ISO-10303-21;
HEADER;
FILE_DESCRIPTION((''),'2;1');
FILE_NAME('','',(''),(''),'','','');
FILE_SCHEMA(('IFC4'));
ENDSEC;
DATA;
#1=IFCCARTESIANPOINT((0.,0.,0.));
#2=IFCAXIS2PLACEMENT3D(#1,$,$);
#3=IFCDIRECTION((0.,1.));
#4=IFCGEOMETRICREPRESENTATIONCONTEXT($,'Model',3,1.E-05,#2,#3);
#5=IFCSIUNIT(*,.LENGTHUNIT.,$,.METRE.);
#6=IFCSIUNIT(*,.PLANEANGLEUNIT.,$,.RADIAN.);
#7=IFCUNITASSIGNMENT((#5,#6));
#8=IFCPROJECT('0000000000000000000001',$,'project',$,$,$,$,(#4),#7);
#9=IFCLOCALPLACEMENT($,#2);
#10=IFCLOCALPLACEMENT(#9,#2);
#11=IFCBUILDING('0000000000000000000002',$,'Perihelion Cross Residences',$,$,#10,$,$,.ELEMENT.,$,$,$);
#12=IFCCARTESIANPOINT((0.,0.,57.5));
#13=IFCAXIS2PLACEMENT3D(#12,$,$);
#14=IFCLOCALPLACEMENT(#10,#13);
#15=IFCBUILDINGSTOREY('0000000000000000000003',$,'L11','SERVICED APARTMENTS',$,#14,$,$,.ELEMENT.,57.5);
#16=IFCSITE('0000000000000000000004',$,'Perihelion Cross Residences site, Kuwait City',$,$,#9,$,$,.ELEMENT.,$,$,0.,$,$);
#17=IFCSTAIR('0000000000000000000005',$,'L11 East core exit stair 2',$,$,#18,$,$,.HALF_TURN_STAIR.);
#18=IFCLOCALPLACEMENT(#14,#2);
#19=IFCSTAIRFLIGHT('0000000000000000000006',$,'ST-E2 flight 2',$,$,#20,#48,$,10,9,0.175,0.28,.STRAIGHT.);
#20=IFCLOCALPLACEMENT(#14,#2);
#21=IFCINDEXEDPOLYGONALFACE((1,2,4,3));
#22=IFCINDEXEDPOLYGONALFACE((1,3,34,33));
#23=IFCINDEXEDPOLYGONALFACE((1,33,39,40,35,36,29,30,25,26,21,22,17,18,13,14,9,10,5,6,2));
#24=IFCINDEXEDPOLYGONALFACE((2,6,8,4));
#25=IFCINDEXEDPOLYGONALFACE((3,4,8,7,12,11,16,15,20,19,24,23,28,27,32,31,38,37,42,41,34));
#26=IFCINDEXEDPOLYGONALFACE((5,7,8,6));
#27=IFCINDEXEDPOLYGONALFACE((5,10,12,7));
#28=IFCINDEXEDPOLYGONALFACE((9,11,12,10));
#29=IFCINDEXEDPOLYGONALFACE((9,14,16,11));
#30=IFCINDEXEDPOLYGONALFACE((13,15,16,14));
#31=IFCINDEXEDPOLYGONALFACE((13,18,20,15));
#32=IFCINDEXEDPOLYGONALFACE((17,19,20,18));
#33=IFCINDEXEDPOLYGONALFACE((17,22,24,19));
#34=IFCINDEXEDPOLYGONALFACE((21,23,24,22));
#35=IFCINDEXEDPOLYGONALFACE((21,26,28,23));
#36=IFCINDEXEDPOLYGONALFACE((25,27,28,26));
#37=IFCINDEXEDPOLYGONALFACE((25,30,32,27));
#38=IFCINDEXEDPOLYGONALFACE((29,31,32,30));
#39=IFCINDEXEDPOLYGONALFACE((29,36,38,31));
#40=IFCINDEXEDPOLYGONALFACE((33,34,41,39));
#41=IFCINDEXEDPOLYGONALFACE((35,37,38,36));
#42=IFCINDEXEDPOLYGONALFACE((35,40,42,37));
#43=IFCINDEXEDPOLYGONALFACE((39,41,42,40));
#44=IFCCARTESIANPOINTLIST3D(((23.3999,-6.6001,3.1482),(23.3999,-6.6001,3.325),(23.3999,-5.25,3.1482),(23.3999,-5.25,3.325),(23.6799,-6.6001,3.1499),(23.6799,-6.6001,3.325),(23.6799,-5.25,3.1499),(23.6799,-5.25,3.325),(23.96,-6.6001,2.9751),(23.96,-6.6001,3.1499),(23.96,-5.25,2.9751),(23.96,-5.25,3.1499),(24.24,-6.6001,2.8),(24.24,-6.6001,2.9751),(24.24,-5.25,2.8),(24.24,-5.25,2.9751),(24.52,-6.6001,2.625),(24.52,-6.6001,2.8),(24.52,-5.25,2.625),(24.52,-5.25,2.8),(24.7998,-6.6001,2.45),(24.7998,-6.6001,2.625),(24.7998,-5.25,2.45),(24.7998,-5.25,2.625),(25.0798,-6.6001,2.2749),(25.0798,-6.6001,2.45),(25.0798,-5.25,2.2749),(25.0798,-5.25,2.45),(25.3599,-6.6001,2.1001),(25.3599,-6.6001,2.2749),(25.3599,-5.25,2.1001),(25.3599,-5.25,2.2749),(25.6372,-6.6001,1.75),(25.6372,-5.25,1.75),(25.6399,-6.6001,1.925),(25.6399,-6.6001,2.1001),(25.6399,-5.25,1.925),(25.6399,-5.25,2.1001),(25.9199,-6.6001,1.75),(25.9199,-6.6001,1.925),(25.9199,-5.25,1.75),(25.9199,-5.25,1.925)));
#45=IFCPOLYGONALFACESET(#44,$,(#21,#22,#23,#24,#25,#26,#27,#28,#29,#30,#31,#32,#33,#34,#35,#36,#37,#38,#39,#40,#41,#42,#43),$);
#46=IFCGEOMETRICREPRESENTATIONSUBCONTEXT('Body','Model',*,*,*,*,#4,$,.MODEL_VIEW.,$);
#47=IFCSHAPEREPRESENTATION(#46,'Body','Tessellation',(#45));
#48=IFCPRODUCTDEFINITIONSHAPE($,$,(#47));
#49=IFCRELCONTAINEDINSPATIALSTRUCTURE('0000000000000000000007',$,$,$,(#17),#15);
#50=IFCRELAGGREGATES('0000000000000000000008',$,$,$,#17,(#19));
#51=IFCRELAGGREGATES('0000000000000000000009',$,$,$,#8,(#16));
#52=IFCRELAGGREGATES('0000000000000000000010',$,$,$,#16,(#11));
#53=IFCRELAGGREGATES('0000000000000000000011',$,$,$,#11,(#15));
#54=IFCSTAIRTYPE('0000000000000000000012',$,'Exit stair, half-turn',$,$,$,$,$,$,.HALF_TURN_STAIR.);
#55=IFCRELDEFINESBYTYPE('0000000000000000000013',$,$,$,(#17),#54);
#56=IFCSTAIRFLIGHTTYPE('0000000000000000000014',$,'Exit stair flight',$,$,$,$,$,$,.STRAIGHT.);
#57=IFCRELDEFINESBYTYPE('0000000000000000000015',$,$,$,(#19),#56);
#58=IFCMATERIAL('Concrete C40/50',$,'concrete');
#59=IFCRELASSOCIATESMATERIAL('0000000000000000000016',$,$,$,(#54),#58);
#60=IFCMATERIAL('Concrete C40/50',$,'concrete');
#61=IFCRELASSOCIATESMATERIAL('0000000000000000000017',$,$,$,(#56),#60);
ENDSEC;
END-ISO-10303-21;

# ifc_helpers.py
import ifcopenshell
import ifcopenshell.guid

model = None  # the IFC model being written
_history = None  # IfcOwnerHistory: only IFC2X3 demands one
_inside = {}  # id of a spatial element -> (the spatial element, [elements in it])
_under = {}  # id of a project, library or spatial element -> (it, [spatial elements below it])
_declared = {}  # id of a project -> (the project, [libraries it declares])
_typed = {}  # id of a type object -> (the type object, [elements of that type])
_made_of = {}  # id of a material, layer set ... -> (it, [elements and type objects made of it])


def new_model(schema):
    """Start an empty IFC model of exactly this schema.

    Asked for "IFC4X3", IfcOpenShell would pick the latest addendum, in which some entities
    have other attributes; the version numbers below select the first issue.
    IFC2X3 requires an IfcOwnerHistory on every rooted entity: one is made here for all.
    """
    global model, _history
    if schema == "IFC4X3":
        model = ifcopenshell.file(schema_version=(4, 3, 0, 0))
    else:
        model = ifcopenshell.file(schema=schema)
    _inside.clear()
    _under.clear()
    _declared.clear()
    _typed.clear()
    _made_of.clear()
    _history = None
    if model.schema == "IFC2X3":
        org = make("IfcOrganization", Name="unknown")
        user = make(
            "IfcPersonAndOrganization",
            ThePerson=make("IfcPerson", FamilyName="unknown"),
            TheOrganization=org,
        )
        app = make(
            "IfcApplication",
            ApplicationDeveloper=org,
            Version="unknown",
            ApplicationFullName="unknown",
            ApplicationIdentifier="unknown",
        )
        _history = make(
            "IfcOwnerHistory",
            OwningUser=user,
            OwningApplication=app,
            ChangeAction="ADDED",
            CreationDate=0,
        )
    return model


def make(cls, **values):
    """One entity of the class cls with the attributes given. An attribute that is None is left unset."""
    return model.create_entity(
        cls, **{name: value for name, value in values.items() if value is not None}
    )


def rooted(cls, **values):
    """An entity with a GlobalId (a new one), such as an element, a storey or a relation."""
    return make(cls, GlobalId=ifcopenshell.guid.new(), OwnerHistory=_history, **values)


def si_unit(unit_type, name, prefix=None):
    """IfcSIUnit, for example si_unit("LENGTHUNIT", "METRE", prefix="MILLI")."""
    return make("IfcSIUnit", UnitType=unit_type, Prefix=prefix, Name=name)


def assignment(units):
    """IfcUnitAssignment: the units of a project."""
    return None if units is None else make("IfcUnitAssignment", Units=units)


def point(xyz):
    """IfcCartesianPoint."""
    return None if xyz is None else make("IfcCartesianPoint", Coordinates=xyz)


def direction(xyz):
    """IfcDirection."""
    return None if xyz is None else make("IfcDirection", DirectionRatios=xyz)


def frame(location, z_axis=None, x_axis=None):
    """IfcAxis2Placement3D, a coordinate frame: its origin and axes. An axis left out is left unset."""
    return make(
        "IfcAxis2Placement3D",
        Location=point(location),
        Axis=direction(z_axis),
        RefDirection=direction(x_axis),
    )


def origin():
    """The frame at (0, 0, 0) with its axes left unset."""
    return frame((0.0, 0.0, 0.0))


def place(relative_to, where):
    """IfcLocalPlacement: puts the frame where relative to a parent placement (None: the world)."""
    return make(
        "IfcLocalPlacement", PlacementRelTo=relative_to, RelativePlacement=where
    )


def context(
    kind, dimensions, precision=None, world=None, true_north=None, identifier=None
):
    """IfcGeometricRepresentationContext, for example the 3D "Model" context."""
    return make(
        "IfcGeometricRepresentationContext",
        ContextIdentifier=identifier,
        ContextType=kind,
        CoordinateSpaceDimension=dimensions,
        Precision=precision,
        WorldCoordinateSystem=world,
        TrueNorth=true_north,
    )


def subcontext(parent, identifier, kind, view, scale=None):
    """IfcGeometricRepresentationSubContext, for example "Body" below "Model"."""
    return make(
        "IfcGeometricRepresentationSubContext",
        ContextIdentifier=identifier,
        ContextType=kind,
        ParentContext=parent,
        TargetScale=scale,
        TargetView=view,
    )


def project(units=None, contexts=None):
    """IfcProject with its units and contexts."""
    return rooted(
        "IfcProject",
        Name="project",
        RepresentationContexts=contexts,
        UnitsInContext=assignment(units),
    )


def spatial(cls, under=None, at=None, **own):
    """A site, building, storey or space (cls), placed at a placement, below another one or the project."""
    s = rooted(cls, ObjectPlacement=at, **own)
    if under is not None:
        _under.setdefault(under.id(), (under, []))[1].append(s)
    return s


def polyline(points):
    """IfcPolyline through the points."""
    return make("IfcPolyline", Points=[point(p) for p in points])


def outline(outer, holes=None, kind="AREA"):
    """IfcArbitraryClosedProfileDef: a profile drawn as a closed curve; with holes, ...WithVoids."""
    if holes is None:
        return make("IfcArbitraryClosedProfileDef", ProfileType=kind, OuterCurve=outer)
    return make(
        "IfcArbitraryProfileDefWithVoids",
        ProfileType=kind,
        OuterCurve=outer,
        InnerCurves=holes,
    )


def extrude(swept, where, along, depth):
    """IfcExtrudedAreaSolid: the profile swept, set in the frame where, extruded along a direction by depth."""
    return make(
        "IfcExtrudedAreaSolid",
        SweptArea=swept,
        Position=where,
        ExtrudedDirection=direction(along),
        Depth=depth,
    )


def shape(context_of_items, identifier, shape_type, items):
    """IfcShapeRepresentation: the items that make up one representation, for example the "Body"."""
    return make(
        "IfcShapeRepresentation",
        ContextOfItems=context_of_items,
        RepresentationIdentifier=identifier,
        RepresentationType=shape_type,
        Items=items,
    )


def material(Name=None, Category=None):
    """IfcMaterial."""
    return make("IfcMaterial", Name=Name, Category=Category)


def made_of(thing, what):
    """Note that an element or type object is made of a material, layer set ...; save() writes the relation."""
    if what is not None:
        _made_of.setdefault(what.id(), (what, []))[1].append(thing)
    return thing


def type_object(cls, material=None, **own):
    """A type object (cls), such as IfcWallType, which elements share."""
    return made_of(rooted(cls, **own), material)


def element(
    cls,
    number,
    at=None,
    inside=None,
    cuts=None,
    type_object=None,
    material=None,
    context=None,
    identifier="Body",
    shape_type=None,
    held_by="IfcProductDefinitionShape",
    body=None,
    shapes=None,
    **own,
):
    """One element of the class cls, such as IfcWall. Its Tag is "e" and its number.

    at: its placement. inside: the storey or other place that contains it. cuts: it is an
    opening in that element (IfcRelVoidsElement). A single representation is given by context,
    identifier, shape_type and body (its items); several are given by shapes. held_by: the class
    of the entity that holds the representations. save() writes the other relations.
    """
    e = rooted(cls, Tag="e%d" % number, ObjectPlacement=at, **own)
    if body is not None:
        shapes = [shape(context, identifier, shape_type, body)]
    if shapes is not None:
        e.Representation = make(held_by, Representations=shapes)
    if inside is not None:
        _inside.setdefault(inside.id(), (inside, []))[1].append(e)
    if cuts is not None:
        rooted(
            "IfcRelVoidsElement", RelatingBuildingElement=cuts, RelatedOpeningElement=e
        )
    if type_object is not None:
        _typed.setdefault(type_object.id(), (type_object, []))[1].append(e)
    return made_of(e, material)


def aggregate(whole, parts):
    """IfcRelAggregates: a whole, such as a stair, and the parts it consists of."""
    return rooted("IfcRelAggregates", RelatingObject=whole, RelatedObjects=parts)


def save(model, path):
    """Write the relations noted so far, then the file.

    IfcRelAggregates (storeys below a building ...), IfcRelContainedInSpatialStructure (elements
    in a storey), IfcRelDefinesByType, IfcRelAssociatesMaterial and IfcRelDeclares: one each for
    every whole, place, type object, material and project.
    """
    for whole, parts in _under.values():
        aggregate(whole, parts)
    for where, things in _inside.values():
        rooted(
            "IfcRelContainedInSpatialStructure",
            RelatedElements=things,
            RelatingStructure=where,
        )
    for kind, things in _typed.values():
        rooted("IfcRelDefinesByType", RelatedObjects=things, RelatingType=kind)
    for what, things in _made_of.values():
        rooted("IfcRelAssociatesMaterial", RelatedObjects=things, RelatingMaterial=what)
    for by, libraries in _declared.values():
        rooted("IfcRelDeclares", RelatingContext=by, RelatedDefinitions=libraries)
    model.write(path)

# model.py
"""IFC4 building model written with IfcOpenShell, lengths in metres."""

from ifc_helpers import new_model, si_unit, direction, frame, origin, place, context, subcontext, project, spatial, polyline, outline, extrude, material, type_object, element, aggregate, save


model = new_model("IFC4")

# Units and contexts
model_context = context("Model", 3, precision=1e-05, world=origin(), true_north=direction((0.0, 1.0)))
body_context = subcontext(model_context, "Body", "Model", "MODEL_VIEW")
ifc_project = project(units=[si_unit("LENGTHUNIT", "METRE"), si_unit("PLANEANGLEUNIT", "RADIAN")], contexts=[model_context])

# Site, building, storey
site_placement = place(None, origin())
site = spatial("IfcSite", under=ifc_project, at=site_placement, Name="Perihelion Cross Residences site, Kuwait City", CompositionType="ELEMENT", RefElevation=0.0)
building_placement = place(site_placement, origin())
building = spatial("IfcBuilding", under=site, at=building_placement, Name="Perihelion Cross Residences", CompositionType="ELEMENT")
storey_placement = place(building_placement, frame((0.0, 0.0, 57.5)))
storey = spatial("IfcBuildingStorey", under=building, at=storey_placement, Name="L11", Description="SERVICED APARTMENTS", CompositionType="ELEMENT", Elevation=57.5)

# Stair, stair flight
ifc_material_1 = material(Name="Concrete C40/50", Category="concrete")
stair_type = type_object("IfcStairType", Name="Exit stair, half-turn", PredefinedType="HALF_TURN_STAIR", material=ifc_material_1)
stair_placement = place(storey_placement, origin())
stair = element("IfcStair", 1, at=stair_placement, inside=storey, type_object=stair_type, Name="L11 East core exit stair 2", PredefinedType="HALF_TURN_STAIR")
ifc_material_2 = material(Name="Concrete C40/50", Category="concrete")
stair_flight_type = type_object("IfcStairFlightType", Name="Exit stair flight", PredefinedType="STRAIGHT", material=ifc_material_2)
stair_flight_placement = place(storey_placement, frame((25.9199, -5.925, 1.75), z_axis=(0.0, 0.0, 1.0), x_axis=(-1.0, 0.0, 0.0)))
stair_flight = element("IfcStairFlight", 2, at=stair_flight_placement, type_object=stair_flight_type, Name="ST-E2 flight 2", NumberOfRisers=10, NumberOfTreads=9, PredefinedType="STRAIGHT", RiserHeight=0.175, TreadLength=0.28, context=body_context, shape_type="SweptSolid", body=[
    extrude(outline(polyline([(0.0, 0.0), (0.0, 0.175), (0.28, 0.175), (0.28, 0.3501), (0.5601, 0.3501), (0.5601, 0.5249), (0.8401, 0.5249), (0.8401, 0.7), (1.1201, 0.7), (1.1201, 0.875), (1.3999, 0.875), (1.3999, 1.05), (1.6799, 1.05), (1.6799, 1.2251), (1.96, 1.2251), (1.96, 1.3999), (2.24, 1.3999), (2.24, 1.575), (2.52, 1.575), (2.52, 1.75), (2.52, 1.3982), (0.2827, 0.0), (0.0, 0.0)])), frame((0.0, 0.675, 0.0), z_axis=(0.0, -1.0, 0.0), x_axis=(1.0, 0.0, 0.0)), (0.0, 0.0, 1.0), 1.3501),
])
aggregate(stair, [stair_flight])

save(model, "model.ifc")
